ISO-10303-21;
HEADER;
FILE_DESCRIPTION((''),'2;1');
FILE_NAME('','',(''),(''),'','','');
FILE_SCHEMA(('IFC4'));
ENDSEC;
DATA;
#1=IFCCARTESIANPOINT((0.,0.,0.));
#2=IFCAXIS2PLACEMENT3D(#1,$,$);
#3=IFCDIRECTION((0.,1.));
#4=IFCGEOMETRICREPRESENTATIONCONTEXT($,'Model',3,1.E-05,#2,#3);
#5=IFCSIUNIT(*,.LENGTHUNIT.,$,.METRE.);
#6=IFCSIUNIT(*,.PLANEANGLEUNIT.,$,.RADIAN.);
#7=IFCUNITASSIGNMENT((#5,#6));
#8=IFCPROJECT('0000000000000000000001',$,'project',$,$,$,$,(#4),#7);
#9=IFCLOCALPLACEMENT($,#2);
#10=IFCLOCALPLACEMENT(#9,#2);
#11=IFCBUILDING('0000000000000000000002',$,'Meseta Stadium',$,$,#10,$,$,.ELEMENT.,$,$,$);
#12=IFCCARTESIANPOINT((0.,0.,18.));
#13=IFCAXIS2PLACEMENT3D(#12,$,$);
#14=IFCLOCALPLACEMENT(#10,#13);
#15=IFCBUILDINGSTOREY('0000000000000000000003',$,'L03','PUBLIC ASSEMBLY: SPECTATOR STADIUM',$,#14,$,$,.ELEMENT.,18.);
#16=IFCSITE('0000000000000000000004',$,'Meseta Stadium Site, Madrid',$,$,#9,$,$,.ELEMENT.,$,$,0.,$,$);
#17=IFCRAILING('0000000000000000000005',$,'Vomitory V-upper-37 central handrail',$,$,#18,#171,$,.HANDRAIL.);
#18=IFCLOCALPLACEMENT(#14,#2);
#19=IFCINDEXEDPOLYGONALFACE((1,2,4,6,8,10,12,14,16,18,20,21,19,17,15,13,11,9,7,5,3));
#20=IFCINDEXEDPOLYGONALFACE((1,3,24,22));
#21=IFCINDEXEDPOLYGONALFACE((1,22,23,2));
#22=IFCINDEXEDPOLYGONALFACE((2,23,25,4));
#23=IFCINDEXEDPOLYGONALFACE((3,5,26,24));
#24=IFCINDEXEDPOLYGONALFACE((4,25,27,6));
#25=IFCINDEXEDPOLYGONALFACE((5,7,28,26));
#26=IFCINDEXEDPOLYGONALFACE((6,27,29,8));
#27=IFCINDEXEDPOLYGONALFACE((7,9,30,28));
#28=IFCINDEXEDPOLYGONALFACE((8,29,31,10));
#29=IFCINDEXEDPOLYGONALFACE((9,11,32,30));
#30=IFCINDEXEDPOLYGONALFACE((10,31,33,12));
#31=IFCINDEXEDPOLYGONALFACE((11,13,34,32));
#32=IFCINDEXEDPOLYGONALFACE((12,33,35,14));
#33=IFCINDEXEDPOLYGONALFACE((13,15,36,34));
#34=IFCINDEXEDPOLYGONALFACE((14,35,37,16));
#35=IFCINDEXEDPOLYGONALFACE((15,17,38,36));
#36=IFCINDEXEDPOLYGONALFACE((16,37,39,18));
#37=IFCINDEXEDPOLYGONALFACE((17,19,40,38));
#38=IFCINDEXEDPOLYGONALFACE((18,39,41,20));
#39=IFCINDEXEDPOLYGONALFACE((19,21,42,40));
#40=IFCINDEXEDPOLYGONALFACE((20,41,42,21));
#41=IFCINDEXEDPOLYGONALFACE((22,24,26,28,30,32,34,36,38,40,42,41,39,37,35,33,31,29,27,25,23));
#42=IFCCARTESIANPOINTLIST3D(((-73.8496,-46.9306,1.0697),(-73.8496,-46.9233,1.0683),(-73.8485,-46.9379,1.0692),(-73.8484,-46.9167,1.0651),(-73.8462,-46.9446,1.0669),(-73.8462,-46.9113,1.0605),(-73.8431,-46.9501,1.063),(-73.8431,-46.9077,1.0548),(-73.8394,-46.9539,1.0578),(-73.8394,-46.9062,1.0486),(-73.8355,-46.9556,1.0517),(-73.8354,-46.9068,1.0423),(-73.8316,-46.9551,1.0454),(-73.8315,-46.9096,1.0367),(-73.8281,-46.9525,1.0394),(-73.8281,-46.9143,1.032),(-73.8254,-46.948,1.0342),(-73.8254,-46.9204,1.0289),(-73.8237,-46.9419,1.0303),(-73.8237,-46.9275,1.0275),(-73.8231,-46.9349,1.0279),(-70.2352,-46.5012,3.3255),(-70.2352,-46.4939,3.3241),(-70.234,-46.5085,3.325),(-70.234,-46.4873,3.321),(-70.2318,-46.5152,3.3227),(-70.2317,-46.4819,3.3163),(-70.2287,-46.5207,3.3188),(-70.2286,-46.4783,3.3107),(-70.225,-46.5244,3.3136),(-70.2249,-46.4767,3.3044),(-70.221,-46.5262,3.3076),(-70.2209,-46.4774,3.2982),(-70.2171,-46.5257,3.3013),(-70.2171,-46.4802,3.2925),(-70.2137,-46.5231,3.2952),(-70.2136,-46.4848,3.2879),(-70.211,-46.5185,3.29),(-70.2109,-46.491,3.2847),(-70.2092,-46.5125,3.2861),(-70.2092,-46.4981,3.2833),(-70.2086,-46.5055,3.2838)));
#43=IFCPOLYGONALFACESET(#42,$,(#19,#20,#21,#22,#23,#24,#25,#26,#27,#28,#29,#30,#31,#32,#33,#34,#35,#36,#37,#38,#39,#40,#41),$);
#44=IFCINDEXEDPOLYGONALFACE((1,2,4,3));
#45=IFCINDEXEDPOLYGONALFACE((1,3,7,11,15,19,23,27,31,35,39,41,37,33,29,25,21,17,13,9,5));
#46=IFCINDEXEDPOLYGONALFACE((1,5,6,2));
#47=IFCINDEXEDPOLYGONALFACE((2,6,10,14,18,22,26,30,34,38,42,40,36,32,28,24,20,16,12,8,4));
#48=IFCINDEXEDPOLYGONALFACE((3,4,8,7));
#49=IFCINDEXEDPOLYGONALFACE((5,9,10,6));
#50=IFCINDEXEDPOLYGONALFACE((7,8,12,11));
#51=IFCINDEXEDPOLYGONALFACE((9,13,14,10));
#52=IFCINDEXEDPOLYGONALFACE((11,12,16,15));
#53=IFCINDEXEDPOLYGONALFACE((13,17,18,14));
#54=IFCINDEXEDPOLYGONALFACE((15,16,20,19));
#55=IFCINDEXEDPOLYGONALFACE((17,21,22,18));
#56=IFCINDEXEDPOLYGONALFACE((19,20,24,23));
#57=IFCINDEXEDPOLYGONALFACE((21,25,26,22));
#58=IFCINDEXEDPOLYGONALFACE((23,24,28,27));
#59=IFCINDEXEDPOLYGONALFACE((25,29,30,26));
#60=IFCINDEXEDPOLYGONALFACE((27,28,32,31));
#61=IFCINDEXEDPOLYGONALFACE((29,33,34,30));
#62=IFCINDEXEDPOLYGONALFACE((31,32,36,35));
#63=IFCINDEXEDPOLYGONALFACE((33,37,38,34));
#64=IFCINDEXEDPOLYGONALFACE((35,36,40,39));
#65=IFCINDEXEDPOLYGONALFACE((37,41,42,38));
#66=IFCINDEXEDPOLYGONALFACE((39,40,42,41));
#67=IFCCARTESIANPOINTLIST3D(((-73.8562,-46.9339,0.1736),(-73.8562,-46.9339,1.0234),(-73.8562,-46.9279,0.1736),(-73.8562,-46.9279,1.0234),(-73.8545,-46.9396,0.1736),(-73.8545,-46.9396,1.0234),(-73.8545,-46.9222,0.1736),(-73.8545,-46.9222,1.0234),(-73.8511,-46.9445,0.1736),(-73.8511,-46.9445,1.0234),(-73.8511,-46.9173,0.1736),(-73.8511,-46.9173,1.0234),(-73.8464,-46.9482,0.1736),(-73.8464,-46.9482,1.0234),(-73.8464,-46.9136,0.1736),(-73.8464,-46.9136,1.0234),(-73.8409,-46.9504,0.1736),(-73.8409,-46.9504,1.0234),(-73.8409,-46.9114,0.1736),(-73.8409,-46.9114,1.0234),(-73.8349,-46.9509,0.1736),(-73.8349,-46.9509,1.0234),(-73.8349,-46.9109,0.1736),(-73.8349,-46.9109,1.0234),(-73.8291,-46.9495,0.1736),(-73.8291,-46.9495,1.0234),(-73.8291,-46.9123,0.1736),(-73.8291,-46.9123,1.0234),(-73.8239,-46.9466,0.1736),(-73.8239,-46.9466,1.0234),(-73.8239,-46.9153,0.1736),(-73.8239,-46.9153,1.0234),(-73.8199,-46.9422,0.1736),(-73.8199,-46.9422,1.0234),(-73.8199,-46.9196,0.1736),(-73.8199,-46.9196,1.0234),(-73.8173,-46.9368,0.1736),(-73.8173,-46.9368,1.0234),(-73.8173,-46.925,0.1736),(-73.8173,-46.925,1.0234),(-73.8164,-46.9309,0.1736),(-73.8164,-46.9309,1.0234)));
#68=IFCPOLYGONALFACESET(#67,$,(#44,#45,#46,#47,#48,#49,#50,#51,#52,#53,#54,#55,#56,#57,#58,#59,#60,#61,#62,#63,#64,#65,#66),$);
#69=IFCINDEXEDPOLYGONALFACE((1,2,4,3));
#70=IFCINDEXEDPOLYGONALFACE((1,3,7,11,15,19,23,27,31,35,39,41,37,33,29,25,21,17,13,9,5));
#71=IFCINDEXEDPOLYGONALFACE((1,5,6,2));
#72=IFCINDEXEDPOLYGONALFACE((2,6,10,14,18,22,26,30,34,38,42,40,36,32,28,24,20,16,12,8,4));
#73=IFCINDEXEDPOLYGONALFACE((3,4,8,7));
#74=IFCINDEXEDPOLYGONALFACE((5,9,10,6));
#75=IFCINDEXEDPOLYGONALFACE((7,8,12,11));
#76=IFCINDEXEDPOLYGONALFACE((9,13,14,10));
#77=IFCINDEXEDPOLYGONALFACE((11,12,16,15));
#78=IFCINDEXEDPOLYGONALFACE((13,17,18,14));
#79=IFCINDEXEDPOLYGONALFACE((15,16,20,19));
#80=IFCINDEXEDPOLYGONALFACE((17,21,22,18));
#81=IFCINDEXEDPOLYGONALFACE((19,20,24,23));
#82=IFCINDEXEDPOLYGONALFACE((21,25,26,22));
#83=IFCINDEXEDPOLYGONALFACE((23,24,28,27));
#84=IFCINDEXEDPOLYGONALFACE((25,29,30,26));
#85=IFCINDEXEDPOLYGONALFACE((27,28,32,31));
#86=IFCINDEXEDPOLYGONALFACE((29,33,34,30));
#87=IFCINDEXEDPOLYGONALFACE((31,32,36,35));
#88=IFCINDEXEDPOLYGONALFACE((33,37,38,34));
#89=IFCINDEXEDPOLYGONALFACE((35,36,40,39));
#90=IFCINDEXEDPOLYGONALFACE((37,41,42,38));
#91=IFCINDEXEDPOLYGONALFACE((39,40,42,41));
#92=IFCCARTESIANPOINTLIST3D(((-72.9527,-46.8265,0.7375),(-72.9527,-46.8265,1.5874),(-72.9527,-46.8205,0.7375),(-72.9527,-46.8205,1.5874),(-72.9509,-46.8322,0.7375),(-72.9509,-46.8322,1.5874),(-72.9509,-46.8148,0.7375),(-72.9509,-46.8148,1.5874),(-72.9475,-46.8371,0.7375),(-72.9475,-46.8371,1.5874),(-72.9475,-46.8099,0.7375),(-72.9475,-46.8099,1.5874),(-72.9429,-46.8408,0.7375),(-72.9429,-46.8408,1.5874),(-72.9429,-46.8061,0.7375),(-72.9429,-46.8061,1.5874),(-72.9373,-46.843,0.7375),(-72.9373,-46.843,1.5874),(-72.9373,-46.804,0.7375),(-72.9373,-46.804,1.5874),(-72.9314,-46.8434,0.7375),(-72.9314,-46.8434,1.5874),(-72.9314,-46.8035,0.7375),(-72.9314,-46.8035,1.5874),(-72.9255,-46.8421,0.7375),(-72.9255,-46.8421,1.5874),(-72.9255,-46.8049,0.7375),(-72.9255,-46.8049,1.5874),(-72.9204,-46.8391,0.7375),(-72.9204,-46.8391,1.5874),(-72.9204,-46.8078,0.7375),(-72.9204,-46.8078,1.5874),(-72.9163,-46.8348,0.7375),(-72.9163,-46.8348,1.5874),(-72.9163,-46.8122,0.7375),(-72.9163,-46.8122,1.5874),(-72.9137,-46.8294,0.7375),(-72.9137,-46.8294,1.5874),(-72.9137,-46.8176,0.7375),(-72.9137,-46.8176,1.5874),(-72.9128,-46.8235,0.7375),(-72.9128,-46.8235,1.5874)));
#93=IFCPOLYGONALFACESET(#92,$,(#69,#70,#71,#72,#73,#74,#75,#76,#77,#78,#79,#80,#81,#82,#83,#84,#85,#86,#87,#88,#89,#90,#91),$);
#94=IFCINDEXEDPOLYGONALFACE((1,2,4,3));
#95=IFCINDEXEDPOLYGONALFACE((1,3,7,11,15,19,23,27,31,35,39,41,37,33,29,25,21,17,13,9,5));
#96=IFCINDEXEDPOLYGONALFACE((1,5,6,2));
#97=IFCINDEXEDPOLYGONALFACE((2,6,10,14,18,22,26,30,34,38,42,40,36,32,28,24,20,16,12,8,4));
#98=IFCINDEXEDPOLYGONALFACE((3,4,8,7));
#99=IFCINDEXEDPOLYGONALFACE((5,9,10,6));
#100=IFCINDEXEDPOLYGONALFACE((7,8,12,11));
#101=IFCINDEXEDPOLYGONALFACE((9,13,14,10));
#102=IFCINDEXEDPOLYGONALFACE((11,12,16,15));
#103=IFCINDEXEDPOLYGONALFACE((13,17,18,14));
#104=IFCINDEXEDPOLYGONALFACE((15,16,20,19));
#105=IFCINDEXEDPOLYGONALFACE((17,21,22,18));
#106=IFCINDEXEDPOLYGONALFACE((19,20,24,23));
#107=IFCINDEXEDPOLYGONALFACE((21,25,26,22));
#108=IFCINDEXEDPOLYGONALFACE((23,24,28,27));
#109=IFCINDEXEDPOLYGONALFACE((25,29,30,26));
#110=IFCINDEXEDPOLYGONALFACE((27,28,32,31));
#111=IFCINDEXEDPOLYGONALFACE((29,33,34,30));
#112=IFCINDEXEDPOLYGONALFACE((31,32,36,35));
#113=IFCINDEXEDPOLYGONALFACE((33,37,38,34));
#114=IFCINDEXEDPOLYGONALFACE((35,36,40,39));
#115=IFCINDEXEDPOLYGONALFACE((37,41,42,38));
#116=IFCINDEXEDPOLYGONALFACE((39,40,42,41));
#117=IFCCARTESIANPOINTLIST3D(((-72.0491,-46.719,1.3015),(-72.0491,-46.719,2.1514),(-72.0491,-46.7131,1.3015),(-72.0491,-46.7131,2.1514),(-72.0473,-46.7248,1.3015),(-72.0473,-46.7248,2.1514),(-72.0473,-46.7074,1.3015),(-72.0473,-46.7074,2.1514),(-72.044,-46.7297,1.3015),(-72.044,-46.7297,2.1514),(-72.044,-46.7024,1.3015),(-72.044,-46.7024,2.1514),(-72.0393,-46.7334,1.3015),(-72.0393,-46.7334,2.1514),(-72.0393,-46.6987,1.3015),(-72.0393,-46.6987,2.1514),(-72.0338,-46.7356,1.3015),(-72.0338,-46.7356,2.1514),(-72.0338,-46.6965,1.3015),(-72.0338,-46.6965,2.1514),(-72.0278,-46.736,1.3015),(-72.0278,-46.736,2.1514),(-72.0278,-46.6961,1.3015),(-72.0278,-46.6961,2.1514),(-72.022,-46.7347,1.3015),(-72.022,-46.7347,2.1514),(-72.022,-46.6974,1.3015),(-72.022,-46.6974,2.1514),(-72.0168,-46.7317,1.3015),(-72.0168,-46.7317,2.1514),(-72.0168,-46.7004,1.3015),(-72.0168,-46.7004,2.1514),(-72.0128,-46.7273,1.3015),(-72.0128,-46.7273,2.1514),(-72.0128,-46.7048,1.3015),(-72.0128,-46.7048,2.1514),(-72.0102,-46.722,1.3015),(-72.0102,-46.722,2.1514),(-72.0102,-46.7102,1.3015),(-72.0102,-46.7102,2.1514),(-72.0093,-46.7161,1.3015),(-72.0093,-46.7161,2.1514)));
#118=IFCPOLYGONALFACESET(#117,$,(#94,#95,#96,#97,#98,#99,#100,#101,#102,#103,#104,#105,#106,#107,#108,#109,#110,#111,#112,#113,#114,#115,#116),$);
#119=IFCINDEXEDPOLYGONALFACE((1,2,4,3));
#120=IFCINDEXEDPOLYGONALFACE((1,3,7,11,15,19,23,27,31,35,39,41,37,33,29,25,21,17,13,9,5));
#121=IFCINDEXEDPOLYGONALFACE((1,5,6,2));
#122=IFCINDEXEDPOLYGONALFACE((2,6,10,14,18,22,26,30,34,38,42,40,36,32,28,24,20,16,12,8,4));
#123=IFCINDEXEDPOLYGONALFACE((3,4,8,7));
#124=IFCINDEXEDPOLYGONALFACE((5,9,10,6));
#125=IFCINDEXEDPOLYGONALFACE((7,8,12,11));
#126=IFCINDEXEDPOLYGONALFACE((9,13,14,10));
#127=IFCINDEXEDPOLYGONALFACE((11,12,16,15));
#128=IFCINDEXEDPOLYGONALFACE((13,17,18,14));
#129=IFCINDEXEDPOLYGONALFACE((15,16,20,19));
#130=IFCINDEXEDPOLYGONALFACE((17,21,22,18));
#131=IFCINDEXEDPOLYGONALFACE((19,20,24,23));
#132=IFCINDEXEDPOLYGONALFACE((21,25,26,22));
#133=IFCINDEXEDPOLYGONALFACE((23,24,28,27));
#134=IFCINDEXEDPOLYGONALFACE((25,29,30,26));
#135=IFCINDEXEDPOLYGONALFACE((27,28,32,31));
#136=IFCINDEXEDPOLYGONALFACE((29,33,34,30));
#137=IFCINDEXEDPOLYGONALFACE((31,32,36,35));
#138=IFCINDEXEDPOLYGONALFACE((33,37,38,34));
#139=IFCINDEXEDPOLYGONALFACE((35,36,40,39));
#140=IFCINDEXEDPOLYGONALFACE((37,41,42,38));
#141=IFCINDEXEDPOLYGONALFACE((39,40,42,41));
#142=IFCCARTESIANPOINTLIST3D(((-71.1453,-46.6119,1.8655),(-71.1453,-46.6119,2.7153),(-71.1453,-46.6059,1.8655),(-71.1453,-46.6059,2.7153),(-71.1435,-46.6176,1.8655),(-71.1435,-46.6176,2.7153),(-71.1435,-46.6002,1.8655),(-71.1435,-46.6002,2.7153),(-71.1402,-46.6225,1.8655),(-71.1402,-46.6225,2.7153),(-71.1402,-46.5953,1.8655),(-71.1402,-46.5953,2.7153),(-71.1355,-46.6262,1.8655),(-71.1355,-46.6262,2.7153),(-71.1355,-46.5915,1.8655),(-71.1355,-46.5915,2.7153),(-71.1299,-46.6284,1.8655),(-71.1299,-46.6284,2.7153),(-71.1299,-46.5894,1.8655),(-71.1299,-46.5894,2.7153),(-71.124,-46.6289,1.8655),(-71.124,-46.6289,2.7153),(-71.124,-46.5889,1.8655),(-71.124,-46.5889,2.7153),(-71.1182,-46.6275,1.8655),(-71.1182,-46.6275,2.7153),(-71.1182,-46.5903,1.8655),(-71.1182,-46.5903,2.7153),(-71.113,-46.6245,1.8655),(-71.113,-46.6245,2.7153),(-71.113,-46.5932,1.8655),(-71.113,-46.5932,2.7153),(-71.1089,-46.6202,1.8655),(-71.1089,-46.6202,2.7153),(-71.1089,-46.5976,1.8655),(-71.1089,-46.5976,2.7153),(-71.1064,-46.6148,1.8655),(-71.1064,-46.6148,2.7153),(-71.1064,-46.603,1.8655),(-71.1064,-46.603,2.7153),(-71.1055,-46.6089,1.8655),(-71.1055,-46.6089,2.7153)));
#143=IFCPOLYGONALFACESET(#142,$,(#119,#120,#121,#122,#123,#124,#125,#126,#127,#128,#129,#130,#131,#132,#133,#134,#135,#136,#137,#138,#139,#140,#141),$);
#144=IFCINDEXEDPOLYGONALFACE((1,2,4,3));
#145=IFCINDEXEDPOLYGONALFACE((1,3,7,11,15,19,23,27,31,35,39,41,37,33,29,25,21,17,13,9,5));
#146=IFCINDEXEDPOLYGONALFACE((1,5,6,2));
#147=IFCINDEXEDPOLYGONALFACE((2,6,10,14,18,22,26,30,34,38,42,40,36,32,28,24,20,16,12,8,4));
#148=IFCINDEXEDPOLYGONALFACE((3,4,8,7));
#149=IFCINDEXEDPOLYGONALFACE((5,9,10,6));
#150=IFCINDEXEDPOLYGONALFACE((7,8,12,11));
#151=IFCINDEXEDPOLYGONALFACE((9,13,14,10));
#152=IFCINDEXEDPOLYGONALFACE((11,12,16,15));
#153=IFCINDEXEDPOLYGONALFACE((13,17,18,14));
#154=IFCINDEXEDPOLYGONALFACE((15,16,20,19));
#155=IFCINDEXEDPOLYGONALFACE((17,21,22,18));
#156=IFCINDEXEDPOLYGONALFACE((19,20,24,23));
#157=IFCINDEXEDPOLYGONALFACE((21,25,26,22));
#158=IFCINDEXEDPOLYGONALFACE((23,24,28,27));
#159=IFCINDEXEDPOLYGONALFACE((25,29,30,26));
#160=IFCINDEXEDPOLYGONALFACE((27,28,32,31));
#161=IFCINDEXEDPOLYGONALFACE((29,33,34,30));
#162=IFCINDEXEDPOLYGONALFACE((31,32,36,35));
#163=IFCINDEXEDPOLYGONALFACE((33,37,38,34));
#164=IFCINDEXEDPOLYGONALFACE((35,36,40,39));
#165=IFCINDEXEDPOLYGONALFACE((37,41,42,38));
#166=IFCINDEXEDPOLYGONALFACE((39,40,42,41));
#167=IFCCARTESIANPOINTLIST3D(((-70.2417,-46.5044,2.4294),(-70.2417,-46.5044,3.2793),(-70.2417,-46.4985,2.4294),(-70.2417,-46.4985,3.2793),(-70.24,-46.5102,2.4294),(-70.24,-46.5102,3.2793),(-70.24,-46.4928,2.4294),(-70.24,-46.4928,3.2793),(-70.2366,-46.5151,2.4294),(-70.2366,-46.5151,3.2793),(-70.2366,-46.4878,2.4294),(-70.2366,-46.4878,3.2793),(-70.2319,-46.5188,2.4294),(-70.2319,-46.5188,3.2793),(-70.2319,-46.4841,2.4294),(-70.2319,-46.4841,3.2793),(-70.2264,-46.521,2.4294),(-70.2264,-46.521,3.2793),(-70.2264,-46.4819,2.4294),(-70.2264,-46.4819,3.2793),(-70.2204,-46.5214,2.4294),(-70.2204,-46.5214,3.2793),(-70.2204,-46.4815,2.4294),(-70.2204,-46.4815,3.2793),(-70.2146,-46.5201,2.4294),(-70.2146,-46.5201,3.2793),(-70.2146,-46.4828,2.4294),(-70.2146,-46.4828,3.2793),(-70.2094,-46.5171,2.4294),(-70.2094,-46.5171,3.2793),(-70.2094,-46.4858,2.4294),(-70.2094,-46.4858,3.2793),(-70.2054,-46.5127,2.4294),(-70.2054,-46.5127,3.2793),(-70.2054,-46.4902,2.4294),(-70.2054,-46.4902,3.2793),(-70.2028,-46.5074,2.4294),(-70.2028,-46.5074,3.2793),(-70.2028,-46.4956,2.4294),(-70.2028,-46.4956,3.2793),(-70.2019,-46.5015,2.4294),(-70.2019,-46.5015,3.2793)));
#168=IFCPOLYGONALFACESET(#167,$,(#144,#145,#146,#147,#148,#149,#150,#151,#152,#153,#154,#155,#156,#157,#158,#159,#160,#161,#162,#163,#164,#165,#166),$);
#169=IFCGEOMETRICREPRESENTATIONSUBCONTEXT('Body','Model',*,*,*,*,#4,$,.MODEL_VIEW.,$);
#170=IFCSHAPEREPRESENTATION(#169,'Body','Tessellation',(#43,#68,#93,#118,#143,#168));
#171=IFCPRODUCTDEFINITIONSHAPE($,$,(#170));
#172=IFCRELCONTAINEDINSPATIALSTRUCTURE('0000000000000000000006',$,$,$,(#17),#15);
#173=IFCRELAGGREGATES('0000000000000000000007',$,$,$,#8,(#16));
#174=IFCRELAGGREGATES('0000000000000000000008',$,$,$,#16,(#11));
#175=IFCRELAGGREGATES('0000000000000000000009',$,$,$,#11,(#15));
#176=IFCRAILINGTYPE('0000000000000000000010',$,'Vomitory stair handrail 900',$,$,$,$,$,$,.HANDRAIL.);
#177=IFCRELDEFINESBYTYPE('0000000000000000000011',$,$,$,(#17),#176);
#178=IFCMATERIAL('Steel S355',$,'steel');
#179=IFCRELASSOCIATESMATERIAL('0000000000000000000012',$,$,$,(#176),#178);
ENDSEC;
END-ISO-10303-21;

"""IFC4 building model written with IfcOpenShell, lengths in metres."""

from ifc_helpers import new_model, si_unit, direction, frame, origin, origin_2d, place, context, subcontext, project, spatial, circle, extrude, material, type_object, element, save


model = new_model("IFC4")

# Units and contexts
model_context = context("Model", 3, precision=1e-05, world=origin(), true_north=direction((0.0, 1.0)))
body_context = subcontext(model_context, "Body", "Model", "MODEL_VIEW")
ifc_project = project(units=[si_unit("LENGTHUNIT", "METRE"), si_unit("PLANEANGLEUNIT", "RADIAN")], contexts=[model_context])

# Site, building, storey
site_placement = place(None, origin())
site = spatial("IfcSite", under=ifc_project, at=site_placement, Name="Meseta Stadium Site, Madrid", CompositionType="ELEMENT", RefElevation=0.0)
building_placement = place(site_placement, origin())
building = spatial("IfcBuilding", under=site, at=building_placement, Name="Meseta Stadium", CompositionType="ELEMENT")
storey_placement = place(building_placement, frame((0.0, 0.0, 18.0)))
storey = spatial("IfcBuildingStorey", under=building, at=storey_placement, Name="L03", Description="PUBLIC ASSEMBLY: SPECTATOR STADIUM", CompositionType="ELEMENT", Elevation=18.0)

# Railing
ifc_material_1 = material(Name="Steel S355", Category="steel")
railing_type_1 = type_object("IfcRailingType", Name="Vomitory stair handrail 900", PredefinedType="HANDRAIL", material=ifc_material_1)
railing_1_placement = place(storey_placement, frame((-73.8364, -46.9309, 0.1736)))
element("IfcRailing", 1, at=railing_1_placement, inside=storey, type_object=railing_type_1, Name="Vomitory V-upper-37 central handrail", PredefinedType="HANDRAIL", context=body_context, shape_type="SweptSolid", body=[
    extrude(circle(Radius=0.0249, at=origin_2d()), frame((0.0, 0.0, 0.875), z_axis=(0.84406, 0.100284, 0.526789), x_axis=(-0.117981, 0.993016, 0.0)), (0.0, 0.0, 1.0), 4.2822),
    extrude(circle(Radius=0.02, at=origin_2d()), origin(), (0.0, 0.0, 1.0), 0.8499),
    extrude(circle(Radius=0.02, at=origin_2d()), frame((0.9036, 0.1074, 0.564)), (0.0, 0.0, 1.0), 0.8499),
    extrude(circle(Radius=0.02, at=origin_2d()), frame((1.8071, 0.2148, 1.1279)), (0.0, 0.0, 1.0), 0.8499),
    extrude(circle(Radius=0.02, at=origin_2d()), frame((2.7109, 0.322, 1.6919)), (0.0, 0.0, 1.0), 0.8499),
    extrude(circle(Radius=0.02, at=origin_2d()), frame((3.6145, 0.4294, 2.2559)), (0.0, 0.0, 1.0), 0.8499),
])

save(model, "model.ifc")
